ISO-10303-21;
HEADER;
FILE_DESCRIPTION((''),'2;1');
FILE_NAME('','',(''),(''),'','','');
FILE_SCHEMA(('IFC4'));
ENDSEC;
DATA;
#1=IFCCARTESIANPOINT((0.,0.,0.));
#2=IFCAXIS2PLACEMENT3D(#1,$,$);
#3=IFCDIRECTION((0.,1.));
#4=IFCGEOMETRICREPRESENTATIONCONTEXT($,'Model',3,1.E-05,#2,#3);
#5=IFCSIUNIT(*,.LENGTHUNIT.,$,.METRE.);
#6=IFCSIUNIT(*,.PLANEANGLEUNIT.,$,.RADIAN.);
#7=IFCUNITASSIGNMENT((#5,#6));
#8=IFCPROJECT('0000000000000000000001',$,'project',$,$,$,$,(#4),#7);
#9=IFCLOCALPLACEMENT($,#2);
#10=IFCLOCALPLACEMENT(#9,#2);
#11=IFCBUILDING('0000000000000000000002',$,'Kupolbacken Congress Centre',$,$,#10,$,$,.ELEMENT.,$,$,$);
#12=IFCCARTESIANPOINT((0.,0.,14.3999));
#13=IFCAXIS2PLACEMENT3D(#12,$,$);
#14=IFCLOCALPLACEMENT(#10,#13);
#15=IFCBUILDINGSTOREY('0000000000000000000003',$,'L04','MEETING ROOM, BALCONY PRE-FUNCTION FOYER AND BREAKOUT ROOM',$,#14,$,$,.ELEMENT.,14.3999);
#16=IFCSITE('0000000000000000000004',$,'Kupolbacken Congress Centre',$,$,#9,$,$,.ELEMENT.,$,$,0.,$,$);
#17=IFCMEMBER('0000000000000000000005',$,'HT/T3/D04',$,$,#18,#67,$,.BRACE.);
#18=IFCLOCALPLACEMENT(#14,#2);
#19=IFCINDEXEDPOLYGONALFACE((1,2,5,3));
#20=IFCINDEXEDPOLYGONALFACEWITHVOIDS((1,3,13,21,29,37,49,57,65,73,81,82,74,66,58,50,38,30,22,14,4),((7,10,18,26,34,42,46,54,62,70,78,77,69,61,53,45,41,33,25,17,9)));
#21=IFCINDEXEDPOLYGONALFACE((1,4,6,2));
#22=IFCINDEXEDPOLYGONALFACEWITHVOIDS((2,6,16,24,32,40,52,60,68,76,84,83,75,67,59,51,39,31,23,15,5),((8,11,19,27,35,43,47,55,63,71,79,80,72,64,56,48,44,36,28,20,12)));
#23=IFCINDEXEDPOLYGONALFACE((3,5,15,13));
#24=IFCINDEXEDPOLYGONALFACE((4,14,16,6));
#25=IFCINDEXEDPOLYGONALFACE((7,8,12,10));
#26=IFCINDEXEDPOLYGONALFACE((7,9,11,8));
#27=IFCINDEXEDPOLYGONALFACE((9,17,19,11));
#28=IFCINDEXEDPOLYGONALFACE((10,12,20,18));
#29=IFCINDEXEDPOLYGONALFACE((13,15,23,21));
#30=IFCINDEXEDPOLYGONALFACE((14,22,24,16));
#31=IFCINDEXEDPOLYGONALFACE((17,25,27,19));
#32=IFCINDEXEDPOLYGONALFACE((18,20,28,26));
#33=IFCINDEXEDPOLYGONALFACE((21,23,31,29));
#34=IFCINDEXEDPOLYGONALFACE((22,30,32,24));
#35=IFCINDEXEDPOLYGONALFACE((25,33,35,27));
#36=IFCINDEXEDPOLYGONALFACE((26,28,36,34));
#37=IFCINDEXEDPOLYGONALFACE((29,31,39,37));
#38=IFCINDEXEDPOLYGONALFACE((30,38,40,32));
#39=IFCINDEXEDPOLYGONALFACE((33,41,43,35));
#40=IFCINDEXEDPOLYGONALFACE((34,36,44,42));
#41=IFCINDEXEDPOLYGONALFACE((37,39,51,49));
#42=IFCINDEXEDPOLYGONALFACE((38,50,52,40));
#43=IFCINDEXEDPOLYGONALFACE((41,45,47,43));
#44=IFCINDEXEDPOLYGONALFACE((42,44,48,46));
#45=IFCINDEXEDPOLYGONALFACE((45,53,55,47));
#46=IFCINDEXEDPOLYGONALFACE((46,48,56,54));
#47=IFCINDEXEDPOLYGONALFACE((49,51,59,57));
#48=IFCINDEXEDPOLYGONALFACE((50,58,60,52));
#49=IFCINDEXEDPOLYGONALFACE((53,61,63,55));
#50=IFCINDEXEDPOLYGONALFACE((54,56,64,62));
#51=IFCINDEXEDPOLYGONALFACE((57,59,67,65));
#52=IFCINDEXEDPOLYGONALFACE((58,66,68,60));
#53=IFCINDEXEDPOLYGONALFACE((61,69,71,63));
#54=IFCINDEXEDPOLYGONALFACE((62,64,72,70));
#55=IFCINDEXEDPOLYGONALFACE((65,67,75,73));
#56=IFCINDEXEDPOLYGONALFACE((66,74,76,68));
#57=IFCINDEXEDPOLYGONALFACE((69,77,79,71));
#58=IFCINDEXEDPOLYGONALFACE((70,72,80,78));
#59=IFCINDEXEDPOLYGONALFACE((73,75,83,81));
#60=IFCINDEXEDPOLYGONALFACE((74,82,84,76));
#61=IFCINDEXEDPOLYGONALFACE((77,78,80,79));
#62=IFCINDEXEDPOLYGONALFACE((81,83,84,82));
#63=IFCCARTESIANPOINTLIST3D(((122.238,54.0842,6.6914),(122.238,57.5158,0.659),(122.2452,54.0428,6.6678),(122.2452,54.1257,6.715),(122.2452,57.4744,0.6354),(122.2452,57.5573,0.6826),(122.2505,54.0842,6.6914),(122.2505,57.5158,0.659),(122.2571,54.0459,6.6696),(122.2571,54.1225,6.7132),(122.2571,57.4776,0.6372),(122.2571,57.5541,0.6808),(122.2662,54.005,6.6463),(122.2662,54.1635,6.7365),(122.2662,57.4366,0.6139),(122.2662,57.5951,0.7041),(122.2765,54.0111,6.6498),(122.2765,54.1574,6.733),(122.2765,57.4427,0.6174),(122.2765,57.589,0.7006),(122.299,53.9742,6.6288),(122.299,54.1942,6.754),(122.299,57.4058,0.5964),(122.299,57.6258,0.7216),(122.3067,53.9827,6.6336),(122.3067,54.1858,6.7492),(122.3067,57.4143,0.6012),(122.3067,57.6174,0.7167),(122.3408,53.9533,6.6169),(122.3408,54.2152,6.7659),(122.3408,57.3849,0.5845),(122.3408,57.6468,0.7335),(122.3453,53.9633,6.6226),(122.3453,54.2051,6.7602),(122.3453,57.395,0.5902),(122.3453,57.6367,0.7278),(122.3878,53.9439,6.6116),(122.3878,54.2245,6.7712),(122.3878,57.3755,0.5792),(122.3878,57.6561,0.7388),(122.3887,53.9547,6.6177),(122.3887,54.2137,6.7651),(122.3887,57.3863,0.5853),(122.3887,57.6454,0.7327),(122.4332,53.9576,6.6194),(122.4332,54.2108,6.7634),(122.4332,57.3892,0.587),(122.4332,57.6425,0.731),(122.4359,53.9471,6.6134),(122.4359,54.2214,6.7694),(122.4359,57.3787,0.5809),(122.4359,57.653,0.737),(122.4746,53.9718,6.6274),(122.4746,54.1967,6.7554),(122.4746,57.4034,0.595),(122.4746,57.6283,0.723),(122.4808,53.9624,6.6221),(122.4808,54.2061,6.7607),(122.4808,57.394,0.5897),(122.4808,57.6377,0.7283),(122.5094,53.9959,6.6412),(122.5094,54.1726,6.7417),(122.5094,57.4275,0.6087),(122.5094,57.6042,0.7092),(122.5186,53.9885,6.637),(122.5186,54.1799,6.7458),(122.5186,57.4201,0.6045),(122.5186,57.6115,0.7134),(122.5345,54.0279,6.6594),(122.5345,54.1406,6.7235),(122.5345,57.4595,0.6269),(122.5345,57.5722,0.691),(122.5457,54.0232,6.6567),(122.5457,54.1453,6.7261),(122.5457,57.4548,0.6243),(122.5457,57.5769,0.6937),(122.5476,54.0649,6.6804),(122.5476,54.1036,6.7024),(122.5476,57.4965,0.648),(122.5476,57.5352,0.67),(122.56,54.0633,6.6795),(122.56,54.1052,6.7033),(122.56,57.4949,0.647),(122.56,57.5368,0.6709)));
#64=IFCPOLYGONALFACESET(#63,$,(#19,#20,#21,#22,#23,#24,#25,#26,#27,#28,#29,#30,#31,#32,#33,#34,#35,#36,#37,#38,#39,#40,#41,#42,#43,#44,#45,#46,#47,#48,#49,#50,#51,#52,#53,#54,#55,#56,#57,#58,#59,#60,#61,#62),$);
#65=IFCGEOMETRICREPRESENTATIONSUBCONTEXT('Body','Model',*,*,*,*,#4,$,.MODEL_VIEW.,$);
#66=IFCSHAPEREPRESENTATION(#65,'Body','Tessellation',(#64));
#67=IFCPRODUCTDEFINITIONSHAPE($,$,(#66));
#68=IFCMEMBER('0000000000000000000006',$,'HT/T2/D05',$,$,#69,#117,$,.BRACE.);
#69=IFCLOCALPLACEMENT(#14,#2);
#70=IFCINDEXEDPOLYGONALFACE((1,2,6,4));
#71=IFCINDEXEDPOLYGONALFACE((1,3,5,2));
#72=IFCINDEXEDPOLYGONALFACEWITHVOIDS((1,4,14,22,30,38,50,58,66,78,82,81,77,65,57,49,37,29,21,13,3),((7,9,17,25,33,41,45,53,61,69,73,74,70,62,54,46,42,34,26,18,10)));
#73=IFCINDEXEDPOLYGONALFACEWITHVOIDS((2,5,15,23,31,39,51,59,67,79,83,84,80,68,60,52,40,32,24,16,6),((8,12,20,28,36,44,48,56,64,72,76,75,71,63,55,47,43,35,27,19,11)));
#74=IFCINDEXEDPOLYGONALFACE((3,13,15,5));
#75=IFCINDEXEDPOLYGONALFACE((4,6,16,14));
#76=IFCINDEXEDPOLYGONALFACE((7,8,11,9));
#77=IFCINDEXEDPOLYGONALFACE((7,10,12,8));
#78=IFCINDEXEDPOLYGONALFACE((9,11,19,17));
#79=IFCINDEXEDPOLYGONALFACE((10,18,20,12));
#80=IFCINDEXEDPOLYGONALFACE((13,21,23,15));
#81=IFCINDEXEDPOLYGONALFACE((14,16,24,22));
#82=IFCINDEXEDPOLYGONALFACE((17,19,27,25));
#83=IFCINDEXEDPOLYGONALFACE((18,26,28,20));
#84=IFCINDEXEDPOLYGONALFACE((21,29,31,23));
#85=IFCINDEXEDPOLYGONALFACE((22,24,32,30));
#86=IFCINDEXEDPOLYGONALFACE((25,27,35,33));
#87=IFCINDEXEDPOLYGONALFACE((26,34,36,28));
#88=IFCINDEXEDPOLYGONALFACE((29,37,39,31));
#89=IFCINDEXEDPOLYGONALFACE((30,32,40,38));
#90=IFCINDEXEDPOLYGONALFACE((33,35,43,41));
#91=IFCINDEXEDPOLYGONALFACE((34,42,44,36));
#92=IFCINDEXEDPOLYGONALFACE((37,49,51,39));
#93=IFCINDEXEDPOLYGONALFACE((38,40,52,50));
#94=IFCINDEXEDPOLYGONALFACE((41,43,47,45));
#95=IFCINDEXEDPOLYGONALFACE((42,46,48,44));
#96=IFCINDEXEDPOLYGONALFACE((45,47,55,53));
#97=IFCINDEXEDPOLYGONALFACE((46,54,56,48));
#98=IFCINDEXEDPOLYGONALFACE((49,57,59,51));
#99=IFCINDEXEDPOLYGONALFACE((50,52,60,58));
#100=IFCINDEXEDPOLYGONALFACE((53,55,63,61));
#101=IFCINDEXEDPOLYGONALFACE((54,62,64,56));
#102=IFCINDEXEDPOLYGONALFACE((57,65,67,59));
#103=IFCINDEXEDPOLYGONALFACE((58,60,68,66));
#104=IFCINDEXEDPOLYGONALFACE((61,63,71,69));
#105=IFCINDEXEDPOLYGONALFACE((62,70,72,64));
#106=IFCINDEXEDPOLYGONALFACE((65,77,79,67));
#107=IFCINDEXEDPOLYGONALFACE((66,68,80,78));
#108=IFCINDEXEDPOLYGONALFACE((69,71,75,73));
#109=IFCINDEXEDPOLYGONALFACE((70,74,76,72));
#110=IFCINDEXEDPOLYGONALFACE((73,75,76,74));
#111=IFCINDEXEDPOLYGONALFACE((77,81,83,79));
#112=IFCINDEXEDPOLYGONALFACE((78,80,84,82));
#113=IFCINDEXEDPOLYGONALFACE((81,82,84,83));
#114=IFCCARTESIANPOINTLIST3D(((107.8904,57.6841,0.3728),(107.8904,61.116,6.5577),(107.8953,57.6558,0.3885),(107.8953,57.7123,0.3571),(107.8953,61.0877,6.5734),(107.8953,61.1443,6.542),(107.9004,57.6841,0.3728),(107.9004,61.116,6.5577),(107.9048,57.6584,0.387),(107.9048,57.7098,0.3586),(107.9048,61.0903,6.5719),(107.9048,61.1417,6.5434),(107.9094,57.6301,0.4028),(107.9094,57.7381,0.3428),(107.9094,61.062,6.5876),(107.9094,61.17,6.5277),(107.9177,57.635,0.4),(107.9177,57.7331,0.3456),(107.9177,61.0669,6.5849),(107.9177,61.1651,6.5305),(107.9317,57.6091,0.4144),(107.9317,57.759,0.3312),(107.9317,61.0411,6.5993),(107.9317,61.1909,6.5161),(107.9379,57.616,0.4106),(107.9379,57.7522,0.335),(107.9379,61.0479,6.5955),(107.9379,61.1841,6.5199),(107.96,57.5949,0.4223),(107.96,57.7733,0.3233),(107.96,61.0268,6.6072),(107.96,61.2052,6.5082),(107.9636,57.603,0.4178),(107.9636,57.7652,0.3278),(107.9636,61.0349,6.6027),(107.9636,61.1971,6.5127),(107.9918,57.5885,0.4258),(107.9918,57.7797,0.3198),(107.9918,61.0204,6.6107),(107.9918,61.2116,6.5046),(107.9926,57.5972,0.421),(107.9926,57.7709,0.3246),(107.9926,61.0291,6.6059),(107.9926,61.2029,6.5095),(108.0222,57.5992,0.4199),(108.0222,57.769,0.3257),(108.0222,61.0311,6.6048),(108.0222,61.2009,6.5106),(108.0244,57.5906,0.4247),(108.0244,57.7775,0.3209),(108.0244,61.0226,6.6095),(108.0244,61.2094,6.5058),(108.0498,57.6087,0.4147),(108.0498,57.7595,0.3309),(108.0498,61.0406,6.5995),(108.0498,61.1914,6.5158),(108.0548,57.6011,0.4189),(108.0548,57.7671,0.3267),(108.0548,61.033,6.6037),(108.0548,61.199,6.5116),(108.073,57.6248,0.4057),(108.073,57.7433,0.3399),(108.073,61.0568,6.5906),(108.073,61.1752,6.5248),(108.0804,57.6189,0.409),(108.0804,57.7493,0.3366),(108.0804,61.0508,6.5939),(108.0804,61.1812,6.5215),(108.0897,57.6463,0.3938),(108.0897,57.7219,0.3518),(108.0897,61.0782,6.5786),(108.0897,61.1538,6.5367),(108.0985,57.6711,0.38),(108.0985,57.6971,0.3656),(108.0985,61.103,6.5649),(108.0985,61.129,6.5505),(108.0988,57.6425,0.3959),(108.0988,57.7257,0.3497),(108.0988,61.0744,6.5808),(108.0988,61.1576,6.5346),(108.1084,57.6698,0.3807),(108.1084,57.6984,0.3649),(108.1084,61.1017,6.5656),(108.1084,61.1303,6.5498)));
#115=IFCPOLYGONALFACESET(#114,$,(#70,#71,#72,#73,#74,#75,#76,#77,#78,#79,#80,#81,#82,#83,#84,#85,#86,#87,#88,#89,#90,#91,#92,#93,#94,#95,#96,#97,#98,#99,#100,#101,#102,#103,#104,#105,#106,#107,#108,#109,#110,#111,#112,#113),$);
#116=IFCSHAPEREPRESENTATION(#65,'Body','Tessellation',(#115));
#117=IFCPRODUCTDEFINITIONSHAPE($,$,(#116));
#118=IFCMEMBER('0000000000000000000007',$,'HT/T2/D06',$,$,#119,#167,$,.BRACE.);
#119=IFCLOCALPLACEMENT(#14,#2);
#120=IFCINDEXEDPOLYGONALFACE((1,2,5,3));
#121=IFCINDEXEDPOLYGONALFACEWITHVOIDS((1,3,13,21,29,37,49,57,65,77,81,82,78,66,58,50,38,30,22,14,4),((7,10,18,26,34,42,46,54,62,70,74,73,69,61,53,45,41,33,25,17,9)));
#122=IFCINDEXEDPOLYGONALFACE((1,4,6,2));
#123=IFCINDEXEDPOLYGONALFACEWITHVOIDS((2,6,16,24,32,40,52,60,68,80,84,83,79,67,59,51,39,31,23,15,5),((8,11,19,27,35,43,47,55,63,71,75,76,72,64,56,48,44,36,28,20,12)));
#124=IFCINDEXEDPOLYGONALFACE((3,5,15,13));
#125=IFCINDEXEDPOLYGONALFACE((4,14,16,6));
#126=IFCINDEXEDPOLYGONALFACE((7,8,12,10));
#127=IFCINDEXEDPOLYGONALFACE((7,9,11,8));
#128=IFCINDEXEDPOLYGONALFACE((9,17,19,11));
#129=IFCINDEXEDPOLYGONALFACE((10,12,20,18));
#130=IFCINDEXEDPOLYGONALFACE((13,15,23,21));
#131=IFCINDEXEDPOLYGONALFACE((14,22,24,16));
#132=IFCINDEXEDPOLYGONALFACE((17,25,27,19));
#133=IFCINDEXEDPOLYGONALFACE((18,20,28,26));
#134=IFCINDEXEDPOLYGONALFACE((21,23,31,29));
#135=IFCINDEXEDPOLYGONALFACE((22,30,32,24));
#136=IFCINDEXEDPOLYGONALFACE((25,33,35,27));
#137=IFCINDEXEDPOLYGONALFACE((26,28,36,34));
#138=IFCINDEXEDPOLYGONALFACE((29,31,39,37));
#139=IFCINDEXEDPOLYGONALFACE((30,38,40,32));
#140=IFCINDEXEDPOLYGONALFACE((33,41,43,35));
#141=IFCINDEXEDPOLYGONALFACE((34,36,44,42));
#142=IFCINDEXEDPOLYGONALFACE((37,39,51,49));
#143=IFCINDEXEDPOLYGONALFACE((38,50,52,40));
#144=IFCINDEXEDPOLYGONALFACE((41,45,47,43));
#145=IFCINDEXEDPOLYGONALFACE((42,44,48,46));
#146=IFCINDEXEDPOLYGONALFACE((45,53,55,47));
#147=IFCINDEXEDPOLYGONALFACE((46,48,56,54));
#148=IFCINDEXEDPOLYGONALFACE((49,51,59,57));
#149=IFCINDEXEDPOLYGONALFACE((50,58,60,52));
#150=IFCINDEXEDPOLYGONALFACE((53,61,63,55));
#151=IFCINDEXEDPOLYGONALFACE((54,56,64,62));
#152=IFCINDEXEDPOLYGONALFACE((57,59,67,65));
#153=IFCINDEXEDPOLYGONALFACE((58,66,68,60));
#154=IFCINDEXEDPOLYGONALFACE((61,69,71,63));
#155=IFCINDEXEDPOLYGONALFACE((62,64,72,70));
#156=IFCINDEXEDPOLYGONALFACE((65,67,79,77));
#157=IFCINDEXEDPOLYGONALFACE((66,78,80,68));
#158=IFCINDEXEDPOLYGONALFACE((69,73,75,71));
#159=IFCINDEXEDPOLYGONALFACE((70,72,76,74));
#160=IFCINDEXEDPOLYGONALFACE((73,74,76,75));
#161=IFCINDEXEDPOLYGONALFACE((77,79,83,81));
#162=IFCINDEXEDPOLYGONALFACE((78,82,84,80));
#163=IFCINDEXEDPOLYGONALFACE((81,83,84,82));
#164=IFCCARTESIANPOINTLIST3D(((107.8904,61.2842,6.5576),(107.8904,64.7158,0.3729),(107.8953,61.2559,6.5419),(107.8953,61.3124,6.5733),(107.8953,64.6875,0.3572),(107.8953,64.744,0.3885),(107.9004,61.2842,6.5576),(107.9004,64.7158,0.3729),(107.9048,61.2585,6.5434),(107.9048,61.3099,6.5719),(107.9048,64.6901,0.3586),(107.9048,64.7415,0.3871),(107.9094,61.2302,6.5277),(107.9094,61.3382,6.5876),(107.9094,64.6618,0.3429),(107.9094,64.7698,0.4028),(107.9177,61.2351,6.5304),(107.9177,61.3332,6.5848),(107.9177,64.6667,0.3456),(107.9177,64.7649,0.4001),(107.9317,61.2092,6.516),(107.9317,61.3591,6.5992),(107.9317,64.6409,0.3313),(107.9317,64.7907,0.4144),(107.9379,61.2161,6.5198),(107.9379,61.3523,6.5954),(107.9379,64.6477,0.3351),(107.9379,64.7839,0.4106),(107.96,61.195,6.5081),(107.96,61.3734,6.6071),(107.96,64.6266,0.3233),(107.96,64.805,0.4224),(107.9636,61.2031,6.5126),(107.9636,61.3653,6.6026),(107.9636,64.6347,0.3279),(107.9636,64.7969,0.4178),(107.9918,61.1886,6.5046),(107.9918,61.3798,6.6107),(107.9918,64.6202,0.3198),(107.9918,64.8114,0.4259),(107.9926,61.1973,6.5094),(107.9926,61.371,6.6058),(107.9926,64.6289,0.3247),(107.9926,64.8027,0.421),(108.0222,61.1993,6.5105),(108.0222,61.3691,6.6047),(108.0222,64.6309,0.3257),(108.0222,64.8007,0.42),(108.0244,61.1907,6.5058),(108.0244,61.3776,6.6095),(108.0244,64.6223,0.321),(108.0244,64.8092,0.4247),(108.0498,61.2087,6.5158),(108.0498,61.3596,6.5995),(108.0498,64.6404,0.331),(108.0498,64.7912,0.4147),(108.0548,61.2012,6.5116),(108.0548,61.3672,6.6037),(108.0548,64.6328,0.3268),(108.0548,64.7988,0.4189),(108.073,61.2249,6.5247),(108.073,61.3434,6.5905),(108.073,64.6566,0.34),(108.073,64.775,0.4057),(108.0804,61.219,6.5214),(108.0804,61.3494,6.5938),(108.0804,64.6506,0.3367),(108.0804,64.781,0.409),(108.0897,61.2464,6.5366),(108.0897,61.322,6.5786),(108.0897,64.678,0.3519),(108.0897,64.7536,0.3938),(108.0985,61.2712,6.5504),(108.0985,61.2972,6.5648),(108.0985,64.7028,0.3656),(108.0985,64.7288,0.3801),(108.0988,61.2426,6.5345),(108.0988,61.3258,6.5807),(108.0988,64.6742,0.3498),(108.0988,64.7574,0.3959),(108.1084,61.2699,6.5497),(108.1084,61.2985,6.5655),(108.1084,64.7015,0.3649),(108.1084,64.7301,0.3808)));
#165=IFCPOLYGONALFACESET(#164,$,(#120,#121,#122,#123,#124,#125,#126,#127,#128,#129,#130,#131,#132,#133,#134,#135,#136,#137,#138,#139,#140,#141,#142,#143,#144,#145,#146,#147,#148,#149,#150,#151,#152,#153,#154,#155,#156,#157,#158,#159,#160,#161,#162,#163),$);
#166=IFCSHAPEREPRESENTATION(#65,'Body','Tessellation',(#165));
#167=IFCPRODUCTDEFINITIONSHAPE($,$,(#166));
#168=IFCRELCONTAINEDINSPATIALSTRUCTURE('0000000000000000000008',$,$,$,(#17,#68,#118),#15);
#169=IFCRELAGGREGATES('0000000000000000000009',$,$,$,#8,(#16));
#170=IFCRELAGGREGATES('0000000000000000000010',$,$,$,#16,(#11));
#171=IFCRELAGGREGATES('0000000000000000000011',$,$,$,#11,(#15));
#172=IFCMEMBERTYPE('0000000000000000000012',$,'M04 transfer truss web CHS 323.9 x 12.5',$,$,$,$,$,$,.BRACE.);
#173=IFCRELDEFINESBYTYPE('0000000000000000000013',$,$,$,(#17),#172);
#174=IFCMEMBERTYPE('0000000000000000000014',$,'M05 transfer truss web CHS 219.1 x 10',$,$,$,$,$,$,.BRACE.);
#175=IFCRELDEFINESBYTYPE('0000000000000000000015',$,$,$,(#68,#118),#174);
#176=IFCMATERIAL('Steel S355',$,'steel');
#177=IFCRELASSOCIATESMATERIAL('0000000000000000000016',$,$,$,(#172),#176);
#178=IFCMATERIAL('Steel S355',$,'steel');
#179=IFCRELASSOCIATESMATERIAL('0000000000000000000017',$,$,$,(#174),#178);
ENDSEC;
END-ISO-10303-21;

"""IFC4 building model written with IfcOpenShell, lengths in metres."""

from ifc_helpers import new_model, si_unit, direction, frame, origin, origin_2d, place, context, subcontext, project, spatial, hollow_circle, extrude, material, material_profile, profile_set, type_object, element, save


model = new_model("IFC4")

# Units and contexts
model_context = context("Model", 3, precision=1e-05, world=origin(), true_north=direction((0.0, 1.0)))
body_context = subcontext(model_context, "Body", "Model", "MODEL_VIEW")
ifc_project = project(units=[si_unit("LENGTHUNIT", "METRE"), si_unit("PLANEANGLEUNIT", "RADIAN")], contexts=[model_context])

# Site, building, storey
site_placement = place(None, origin())
site = spatial("IfcSite", under=ifc_project, at=site_placement, Name="Kupolbacken Congress Centre", CompositionType="ELEMENT", RefElevation=0.0)
building_placement = place(site_placement, origin())
building = spatial("IfcBuilding", under=site, at=building_placement, Name="Kupolbacken Congress Centre", CompositionType="ELEMENT")
storey_placement = place(building_placement, frame((0.0, 0.0, 14.3999)))
storey = spatial("IfcBuildingStorey", under=building, at=storey_placement, Name="L04", Description="MEETING ROOM, BALCONY PRE-FUNCTION FOYER AND BREAKOUT ROOM", CompositionType="ELEMENT", Elevation=14.3999)

# Members
ifc_material_1 = material(Name="Steel S355", Category="steel")
ifc_material_profile_1 = material_profile(ifc_material_1, hollow_circle(Radius=0.1619, WallThickness=0.0125, at=origin_2d()), Name="CHS 323.9 x 12.5")
ifc_profile_set_1 = profile_set([ifc_material_profile_1], Name="Steel S355")
member_type_1 = type_object("IfcMemberType", Name="M04 transfer truss web CHS 323.9 x 12.5", PredefinedType="BRACE", material=ifc_profile_set_1)
for number, where, z_axis, x_axis, name in (
    (1, (122.3999, 54.0842, 6.6914), (0.0, 0.494456, -0.869203), (-1.0, 0.0, 0.0), "HT/T3/D04"),
):
    element("IfcMember", number, at=place(storey_placement, frame(where, z_axis=z_axis, x_axis=x_axis)), inside=storey, type_object=member_type_1, Name=name, PredefinedType="BRACE", context=body_context, shape_type="SweptSolid", body=[
        extrude(hollow_circle(Radius=0.1619, WallThickness=0.0125, at=origin_2d()), origin(), (0.0, 0.0, 1.0), 6.9402),
    ])
ifc_material_2 = material(Name="Steel S355", Category="steel")
ifc_material_profile_2 = material_profile(ifc_material_2, hollow_circle(Radius=0.1096, WallThickness=0.01, at=origin_2d()), Name="CHS 219.1 x 10")
ifc_profile_set_2 = profile_set([ifc_material_profile_2], Name="Steel S355")
member_type_2 = type_object("IfcMemberType", Name="M05 transfer truss web CHS 219.1 x 10", PredefinedType="BRACE", material=ifc_profile_set_2)
member_1_placement = place(storey_placement, frame((108.0, 57.6841, 0.3728), z_axis=(0.0, 0.485197, 0.874405), x_axis=(-1.0, 0.0, 0.0)))
element("IfcMember", 2, at=member_1_placement, inside=storey, type_object=member_type_2, Name="HT/T2/D05", PredefinedType="BRACE", context=body_context, shape_type="SweptSolid", body=[
    extrude(hollow_circle(Radius=0.1096, WallThickness=0.01, at=origin_2d()), origin(), (0.0, 0.0, 1.0), 7.0732),
])
member_2_placement = place(storey_placement, frame((108.0, 61.2842, 6.5576), z_axis=(0.0, 0.485171, -0.874419), x_axis=(-1.0, 0.0, 0.0)))
element("IfcMember", 3, at=member_2_placement, inside=storey, type_object=member_type_2, Name="HT/T2/D06", PredefinedType="BRACE", context=body_context, shape_type="SweptSolid", body=[
    extrude(hollow_circle(Radius=0.1096, WallThickness=0.01, at=origin_2d()), origin(), (0.0, 0.0, 1.0), 7.073),
])

save(model, "model.ifc")
